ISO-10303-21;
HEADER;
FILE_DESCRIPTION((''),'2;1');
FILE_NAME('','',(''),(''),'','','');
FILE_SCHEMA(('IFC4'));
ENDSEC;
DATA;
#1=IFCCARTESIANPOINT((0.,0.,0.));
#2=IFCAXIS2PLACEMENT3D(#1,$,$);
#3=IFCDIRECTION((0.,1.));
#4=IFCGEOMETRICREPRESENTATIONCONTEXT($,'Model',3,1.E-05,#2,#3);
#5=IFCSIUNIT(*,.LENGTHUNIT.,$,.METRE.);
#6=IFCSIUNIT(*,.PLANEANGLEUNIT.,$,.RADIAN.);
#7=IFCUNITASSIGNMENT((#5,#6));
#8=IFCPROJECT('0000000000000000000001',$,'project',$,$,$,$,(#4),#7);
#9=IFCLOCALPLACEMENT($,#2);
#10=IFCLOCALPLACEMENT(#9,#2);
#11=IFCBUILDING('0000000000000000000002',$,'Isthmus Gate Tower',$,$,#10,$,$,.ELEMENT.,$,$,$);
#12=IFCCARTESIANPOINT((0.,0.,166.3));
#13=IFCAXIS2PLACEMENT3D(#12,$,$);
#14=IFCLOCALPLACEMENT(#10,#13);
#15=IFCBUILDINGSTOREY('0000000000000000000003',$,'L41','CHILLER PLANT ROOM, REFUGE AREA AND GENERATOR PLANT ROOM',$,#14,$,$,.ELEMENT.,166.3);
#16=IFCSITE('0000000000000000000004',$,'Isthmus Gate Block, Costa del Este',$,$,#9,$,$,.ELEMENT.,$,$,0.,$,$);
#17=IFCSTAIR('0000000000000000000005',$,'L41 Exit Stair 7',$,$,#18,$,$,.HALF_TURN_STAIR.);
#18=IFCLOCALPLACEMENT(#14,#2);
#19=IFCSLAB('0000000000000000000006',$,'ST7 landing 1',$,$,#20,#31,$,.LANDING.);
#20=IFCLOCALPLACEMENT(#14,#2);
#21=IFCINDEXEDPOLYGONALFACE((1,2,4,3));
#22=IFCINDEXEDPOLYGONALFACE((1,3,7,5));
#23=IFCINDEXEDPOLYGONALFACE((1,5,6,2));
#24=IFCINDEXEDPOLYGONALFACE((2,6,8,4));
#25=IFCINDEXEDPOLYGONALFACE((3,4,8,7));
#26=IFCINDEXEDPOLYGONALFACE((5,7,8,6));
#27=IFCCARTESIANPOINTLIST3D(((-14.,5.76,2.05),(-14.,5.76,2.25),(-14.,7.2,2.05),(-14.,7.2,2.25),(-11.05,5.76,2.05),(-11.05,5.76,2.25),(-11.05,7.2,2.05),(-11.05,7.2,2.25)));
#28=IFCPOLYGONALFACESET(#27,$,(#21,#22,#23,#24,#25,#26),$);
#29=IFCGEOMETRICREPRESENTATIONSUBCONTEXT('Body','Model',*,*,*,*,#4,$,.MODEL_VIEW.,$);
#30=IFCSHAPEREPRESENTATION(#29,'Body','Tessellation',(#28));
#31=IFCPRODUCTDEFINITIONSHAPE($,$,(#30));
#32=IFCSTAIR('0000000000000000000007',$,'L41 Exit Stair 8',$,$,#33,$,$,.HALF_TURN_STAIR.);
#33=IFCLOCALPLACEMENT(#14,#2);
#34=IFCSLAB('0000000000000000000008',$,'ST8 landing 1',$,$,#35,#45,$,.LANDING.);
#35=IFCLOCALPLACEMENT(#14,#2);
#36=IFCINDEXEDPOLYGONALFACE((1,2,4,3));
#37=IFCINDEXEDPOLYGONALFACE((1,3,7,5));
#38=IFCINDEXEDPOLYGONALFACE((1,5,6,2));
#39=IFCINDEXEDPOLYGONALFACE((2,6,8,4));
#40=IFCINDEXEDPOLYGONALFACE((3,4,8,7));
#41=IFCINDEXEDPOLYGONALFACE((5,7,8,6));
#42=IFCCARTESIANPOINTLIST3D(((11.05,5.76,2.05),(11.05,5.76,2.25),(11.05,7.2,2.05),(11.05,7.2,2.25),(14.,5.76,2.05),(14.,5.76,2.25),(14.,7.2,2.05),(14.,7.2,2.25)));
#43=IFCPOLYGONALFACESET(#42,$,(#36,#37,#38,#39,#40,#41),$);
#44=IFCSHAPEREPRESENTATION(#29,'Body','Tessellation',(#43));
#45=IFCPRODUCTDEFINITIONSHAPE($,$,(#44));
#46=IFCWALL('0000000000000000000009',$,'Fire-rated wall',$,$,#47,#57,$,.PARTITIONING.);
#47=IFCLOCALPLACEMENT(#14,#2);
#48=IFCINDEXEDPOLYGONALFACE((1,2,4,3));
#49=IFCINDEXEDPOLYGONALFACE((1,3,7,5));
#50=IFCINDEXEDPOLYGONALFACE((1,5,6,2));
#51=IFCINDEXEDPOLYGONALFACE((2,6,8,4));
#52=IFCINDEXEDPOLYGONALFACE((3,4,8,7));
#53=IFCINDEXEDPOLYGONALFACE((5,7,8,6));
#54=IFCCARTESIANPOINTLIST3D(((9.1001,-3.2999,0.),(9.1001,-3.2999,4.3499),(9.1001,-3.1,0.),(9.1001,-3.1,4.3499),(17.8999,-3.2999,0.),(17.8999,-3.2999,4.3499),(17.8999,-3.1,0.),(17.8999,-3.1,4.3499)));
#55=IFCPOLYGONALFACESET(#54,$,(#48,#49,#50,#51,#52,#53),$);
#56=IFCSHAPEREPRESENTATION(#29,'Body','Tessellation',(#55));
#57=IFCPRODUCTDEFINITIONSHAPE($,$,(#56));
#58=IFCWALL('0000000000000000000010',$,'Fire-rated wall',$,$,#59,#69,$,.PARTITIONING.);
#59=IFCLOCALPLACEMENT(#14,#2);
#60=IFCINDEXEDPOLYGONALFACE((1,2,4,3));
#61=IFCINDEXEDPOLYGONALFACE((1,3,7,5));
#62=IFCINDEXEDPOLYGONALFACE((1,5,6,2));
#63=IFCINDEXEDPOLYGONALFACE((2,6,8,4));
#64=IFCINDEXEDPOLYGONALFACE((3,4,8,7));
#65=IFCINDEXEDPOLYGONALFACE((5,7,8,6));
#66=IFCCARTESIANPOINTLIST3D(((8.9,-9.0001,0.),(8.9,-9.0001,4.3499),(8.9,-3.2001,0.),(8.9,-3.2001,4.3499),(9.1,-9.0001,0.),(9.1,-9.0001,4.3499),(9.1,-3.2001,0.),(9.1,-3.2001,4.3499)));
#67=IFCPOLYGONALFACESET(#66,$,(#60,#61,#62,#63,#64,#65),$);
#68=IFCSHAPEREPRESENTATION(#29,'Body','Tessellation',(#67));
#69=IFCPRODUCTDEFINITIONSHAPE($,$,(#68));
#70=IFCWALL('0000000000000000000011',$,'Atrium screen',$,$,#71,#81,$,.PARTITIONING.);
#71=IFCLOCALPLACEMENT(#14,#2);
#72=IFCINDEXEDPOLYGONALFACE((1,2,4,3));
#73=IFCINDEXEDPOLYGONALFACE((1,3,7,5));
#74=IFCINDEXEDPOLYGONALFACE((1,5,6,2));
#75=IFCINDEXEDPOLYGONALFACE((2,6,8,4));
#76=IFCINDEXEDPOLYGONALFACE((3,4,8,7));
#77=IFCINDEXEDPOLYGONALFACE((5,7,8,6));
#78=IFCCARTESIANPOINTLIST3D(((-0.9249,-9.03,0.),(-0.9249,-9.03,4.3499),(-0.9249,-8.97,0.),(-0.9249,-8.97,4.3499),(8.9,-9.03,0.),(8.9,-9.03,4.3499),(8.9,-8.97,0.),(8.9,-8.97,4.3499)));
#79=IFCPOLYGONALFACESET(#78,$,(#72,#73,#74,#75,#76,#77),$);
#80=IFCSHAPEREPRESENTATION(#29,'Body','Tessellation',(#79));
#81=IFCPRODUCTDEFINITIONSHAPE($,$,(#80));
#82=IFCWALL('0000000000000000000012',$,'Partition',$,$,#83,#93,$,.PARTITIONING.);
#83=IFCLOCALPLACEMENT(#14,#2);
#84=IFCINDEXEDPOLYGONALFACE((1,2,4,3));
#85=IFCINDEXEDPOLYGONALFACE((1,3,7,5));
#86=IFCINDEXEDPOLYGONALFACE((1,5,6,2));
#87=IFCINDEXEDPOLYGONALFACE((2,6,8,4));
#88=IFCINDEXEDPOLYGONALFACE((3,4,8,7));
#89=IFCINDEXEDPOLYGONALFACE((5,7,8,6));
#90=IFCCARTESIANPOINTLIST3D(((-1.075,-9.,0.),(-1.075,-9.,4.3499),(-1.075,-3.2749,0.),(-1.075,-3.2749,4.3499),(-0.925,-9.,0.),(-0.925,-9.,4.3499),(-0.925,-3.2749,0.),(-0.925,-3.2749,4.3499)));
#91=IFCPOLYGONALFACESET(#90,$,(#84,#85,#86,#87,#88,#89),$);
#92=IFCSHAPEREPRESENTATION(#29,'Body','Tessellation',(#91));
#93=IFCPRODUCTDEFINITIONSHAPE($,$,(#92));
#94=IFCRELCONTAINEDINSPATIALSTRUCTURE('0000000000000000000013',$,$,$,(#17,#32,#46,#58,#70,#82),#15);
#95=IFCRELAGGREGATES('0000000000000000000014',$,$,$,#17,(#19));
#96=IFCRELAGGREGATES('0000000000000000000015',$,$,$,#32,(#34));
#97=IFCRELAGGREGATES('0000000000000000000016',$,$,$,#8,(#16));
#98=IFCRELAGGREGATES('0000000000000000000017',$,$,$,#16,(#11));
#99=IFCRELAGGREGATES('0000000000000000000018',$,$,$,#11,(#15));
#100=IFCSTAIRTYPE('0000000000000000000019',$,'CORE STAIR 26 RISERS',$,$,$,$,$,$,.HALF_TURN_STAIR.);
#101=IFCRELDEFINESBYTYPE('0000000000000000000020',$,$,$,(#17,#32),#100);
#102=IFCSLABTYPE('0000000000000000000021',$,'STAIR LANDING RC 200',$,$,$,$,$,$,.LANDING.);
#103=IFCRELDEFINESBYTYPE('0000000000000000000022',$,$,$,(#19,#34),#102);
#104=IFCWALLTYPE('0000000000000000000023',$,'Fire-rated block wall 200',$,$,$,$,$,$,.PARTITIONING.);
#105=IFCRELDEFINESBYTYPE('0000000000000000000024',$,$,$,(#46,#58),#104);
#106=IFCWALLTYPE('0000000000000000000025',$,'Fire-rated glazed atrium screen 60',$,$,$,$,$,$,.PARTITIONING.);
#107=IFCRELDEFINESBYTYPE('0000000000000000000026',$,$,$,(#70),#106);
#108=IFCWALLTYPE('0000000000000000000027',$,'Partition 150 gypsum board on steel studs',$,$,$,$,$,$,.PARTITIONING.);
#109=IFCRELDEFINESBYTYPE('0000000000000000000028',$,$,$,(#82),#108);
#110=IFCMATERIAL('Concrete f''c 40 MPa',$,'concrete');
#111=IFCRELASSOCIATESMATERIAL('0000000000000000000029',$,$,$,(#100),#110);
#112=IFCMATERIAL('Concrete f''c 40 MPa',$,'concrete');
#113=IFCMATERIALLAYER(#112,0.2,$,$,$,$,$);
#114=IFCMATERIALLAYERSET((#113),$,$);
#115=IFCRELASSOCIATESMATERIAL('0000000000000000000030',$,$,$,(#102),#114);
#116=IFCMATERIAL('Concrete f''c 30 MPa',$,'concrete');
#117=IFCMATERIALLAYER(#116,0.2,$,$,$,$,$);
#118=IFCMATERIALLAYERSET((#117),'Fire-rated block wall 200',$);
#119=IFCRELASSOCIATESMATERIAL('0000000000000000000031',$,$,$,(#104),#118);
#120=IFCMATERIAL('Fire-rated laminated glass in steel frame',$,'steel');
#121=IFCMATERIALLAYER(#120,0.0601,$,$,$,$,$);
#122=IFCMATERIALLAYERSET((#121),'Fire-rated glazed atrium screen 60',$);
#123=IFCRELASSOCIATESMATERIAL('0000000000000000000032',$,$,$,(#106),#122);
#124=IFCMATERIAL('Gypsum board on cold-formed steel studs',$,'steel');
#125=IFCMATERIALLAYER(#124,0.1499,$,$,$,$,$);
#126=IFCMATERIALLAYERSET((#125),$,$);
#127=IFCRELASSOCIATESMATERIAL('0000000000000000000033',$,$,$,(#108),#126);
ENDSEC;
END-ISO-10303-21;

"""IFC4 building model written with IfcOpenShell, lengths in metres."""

from ifc_helpers import new_model, si_unit, direction, frame, frame_2d, origin, place, context, subcontext, project, spatial, polyline, rectangle, outline, extrude, material, layer, layer_set, type_object, element, aggregate, save


model = new_model("IFC4")

# Units and contexts
model_context = context("Model", 3, precision=1e-05, world=origin(), true_north=direction((0.0, 1.0)))
body_context = subcontext(model_context, "Body", "Model", "MODEL_VIEW")
ifc_project = project(units=[si_unit("LENGTHUNIT", "METRE"), si_unit("PLANEANGLEUNIT", "RADIAN")], contexts=[model_context])

# Site, building, storey
site_placement = place(None, origin())
site = spatial("IfcSite", under=ifc_project, at=site_placement, Name="Isthmus Gate Block, Costa del Este", CompositionType="ELEMENT", RefElevation=0.0)
building_placement = place(site_placement, origin())
building = spatial("IfcBuilding", under=site, at=building_placement, Name="Isthmus Gate Tower", CompositionType="ELEMENT")
storey_placement = place(building_placement, frame((0.0, 0.0, 166.3)))
storey = spatial("IfcBuildingStorey", under=building, at=storey_placement, Name="L41", Description="CHILLER PLANT ROOM, REFUGE AREA AND GENERATOR PLANT ROOM", CompositionType="ELEMENT", Elevation=166.3)

# Stairs, slabs
ifc_material_1 = material(Name="Concrete f'c 40 MPa", Category="concrete")
stair_type = type_object("IfcStairType", Name="CORE STAIR 26 RISERS", PredefinedType="HALF_TURN_STAIR", material=ifc_material_1)
ifc_material_2 = material(Name="Concrete f'c 40 MPa", Category="concrete")
ifc_layer_1 = layer(ifc_material_2, 0.2)
ifc_layer_set_1 = layer_set([ifc_layer_1])
slab_type_1 = type_object("IfcSlabType", Name="STAIR LANDING RC 200", PredefinedType="LANDING", material=ifc_layer_set_1)
stair_1_placement = place(storey_placement, origin())
stair_1 = element("IfcStair", 1, at=stair_1_placement, inside=storey, type_object=stair_type, Name="L41 Exit Stair 7", PredefinedType="HALF_TURN_STAIR")
slab_1_placement = place(storey_placement, frame((0.0, 0.0, 2.05)))
slab_1 = element("IfcSlab", 2, at=slab_1_placement, type_object=slab_type_1, Name="ST7 landing 1", PredefinedType="LANDING", context=body_context, shape_type="SweptSolid", body=[
    extrude(outline(polyline([(-11.05, 5.76), (-11.05, 7.2), (-14.0, 7.2), (-14.0, 5.76), (-11.05, 5.76)])), origin(), (0.0, 0.0, 1.0), 0.2),
])
aggregate(stair_1, [slab_1])
stair_2_placement = place(storey_placement, origin())
stair_2 = element("IfcStair", 3, at=stair_2_placement, inside=storey, type_object=stair_type, Name="L41 Exit Stair 8", PredefinedType="HALF_TURN_STAIR")
slab_2_placement = place(storey_placement, frame((0.0, 0.0, 2.05)))
slab_2 = element("IfcSlab", 4, at=slab_2_placement, type_object=slab_type_1, Name="ST8 landing 1", PredefinedType="LANDING", context=body_context, shape_type="SweptSolid", body=[
    extrude(outline(polyline([(14.0, 5.76), (14.0, 7.2), (11.05, 7.2), (11.05, 5.76), (14.0, 5.76)])), origin(), (0.0, 0.0, 1.0), 0.2),
])
aggregate(stair_2, [slab_2])

# Walls
ifc_material_3 = material(Name="Concrete f'c 30 MPa", Category="concrete")
ifc_layer_2 = layer(ifc_material_3, 0.2)
ifc_layer_set_2 = layer_set([ifc_layer_2], Name="Fire-rated block wall 200")
wall_type_1 = type_object("IfcWallType", Name="Fire-rated block wall 200", PredefinedType="PARTITIONING", material=ifc_layer_set_2)
wall_1_placement = place(storey_placement, frame((9.1001, -3.2, 0.0), z_axis=(0.0, 0.0, 1.0), x_axis=(1.0, 0.0, 0.0)))
element("IfcWall", 5, at=wall_1_placement, inside=storey, type_object=wall_type_1, Name="Fire-rated wall", PredefinedType="PARTITIONING", context=body_context, shape_type="SweptSolid", body=[
    extrude(rectangle(XDim=8.7998, YDim=0.2, at=frame_2d((4.3999, 0.0))), origin(), (0.0, 0.0, 1.0), 4.3499),
])
wall_2_placement = place(storey_placement, frame((9.0, -9.0, 0.0), z_axis=(0.0, 0.0, 1.0), x_axis=(0.0, 1.0, 0.0)))
element("IfcWall", 6, at=wall_2_placement, inside=storey, type_object=wall_type_1, Name="Fire-rated wall", PredefinedType="PARTITIONING", context=body_context, shape_type="SweptSolid", body=[
    extrude(rectangle(XDim=5.8, YDim=0.2, at=frame_2d((2.8999, 0.0))), origin(), (0.0, 0.0, 1.0), 4.3499),
])
ifc_material_4 = material(Name="Fire-rated laminated glass in steel frame", Category="steel")
ifc_layer_3 = layer(ifc_material_4, 0.0601)
ifc_layer_set_3 = layer_set([ifc_layer_3], Name="Fire-rated glazed atrium screen 60")
wall_type_2 = type_object("IfcWallType", Name="Fire-rated glazed atrium screen 60", PredefinedType="PARTITIONING", material=ifc_layer_set_3)
wall_3_placement = place(storey_placement, frame((-0.925, -9.0, 0.0), z_axis=(0.0, 0.0, 1.0), x_axis=(1.0, 0.0, 0.0)))
element("IfcWall", 7, at=wall_3_placement, inside=storey, type_object=wall_type_2, Name="Atrium screen", PredefinedType="PARTITIONING", context=body_context, shape_type="SweptSolid", body=[
    extrude(rectangle(XDim=9.825, YDim=0.0601, at=frame_2d((4.9126, 0.0))), origin(), (0.0, 0.0, 1.0), 4.3499),
])
ifc_material_5 = material(Name="Gypsum board on cold-formed steel studs", Category="steel")
ifc_layer_4 = layer(ifc_material_5, 0.1499)
ifc_layer_set_4 = layer_set([ifc_layer_4])
wall_type_3 = type_object("IfcWallType", Name="Partition 150 gypsum board on steel studs", PredefinedType="PARTITIONING", material=ifc_layer_set_4)
wall_4_placement = place(storey_placement, frame((-1.0, -9.0, 0.0), z_axis=(0.0, 0.0, 1.0), x_axis=(0.0, 1.0, 0.0)))
element("IfcWall", 8, at=wall_4_placement, inside=storey, type_object=wall_type_3, Name="Partition", PredefinedType="PARTITIONING", context=body_context, shape_type="SweptSolid", body=[
    extrude(rectangle(XDim=5.7251, YDim=0.1499, at=frame_2d((2.8625, 0.0))), origin(), (0.0, 0.0, 1.0), 4.3499),
])

save(model, "model.ifc")
